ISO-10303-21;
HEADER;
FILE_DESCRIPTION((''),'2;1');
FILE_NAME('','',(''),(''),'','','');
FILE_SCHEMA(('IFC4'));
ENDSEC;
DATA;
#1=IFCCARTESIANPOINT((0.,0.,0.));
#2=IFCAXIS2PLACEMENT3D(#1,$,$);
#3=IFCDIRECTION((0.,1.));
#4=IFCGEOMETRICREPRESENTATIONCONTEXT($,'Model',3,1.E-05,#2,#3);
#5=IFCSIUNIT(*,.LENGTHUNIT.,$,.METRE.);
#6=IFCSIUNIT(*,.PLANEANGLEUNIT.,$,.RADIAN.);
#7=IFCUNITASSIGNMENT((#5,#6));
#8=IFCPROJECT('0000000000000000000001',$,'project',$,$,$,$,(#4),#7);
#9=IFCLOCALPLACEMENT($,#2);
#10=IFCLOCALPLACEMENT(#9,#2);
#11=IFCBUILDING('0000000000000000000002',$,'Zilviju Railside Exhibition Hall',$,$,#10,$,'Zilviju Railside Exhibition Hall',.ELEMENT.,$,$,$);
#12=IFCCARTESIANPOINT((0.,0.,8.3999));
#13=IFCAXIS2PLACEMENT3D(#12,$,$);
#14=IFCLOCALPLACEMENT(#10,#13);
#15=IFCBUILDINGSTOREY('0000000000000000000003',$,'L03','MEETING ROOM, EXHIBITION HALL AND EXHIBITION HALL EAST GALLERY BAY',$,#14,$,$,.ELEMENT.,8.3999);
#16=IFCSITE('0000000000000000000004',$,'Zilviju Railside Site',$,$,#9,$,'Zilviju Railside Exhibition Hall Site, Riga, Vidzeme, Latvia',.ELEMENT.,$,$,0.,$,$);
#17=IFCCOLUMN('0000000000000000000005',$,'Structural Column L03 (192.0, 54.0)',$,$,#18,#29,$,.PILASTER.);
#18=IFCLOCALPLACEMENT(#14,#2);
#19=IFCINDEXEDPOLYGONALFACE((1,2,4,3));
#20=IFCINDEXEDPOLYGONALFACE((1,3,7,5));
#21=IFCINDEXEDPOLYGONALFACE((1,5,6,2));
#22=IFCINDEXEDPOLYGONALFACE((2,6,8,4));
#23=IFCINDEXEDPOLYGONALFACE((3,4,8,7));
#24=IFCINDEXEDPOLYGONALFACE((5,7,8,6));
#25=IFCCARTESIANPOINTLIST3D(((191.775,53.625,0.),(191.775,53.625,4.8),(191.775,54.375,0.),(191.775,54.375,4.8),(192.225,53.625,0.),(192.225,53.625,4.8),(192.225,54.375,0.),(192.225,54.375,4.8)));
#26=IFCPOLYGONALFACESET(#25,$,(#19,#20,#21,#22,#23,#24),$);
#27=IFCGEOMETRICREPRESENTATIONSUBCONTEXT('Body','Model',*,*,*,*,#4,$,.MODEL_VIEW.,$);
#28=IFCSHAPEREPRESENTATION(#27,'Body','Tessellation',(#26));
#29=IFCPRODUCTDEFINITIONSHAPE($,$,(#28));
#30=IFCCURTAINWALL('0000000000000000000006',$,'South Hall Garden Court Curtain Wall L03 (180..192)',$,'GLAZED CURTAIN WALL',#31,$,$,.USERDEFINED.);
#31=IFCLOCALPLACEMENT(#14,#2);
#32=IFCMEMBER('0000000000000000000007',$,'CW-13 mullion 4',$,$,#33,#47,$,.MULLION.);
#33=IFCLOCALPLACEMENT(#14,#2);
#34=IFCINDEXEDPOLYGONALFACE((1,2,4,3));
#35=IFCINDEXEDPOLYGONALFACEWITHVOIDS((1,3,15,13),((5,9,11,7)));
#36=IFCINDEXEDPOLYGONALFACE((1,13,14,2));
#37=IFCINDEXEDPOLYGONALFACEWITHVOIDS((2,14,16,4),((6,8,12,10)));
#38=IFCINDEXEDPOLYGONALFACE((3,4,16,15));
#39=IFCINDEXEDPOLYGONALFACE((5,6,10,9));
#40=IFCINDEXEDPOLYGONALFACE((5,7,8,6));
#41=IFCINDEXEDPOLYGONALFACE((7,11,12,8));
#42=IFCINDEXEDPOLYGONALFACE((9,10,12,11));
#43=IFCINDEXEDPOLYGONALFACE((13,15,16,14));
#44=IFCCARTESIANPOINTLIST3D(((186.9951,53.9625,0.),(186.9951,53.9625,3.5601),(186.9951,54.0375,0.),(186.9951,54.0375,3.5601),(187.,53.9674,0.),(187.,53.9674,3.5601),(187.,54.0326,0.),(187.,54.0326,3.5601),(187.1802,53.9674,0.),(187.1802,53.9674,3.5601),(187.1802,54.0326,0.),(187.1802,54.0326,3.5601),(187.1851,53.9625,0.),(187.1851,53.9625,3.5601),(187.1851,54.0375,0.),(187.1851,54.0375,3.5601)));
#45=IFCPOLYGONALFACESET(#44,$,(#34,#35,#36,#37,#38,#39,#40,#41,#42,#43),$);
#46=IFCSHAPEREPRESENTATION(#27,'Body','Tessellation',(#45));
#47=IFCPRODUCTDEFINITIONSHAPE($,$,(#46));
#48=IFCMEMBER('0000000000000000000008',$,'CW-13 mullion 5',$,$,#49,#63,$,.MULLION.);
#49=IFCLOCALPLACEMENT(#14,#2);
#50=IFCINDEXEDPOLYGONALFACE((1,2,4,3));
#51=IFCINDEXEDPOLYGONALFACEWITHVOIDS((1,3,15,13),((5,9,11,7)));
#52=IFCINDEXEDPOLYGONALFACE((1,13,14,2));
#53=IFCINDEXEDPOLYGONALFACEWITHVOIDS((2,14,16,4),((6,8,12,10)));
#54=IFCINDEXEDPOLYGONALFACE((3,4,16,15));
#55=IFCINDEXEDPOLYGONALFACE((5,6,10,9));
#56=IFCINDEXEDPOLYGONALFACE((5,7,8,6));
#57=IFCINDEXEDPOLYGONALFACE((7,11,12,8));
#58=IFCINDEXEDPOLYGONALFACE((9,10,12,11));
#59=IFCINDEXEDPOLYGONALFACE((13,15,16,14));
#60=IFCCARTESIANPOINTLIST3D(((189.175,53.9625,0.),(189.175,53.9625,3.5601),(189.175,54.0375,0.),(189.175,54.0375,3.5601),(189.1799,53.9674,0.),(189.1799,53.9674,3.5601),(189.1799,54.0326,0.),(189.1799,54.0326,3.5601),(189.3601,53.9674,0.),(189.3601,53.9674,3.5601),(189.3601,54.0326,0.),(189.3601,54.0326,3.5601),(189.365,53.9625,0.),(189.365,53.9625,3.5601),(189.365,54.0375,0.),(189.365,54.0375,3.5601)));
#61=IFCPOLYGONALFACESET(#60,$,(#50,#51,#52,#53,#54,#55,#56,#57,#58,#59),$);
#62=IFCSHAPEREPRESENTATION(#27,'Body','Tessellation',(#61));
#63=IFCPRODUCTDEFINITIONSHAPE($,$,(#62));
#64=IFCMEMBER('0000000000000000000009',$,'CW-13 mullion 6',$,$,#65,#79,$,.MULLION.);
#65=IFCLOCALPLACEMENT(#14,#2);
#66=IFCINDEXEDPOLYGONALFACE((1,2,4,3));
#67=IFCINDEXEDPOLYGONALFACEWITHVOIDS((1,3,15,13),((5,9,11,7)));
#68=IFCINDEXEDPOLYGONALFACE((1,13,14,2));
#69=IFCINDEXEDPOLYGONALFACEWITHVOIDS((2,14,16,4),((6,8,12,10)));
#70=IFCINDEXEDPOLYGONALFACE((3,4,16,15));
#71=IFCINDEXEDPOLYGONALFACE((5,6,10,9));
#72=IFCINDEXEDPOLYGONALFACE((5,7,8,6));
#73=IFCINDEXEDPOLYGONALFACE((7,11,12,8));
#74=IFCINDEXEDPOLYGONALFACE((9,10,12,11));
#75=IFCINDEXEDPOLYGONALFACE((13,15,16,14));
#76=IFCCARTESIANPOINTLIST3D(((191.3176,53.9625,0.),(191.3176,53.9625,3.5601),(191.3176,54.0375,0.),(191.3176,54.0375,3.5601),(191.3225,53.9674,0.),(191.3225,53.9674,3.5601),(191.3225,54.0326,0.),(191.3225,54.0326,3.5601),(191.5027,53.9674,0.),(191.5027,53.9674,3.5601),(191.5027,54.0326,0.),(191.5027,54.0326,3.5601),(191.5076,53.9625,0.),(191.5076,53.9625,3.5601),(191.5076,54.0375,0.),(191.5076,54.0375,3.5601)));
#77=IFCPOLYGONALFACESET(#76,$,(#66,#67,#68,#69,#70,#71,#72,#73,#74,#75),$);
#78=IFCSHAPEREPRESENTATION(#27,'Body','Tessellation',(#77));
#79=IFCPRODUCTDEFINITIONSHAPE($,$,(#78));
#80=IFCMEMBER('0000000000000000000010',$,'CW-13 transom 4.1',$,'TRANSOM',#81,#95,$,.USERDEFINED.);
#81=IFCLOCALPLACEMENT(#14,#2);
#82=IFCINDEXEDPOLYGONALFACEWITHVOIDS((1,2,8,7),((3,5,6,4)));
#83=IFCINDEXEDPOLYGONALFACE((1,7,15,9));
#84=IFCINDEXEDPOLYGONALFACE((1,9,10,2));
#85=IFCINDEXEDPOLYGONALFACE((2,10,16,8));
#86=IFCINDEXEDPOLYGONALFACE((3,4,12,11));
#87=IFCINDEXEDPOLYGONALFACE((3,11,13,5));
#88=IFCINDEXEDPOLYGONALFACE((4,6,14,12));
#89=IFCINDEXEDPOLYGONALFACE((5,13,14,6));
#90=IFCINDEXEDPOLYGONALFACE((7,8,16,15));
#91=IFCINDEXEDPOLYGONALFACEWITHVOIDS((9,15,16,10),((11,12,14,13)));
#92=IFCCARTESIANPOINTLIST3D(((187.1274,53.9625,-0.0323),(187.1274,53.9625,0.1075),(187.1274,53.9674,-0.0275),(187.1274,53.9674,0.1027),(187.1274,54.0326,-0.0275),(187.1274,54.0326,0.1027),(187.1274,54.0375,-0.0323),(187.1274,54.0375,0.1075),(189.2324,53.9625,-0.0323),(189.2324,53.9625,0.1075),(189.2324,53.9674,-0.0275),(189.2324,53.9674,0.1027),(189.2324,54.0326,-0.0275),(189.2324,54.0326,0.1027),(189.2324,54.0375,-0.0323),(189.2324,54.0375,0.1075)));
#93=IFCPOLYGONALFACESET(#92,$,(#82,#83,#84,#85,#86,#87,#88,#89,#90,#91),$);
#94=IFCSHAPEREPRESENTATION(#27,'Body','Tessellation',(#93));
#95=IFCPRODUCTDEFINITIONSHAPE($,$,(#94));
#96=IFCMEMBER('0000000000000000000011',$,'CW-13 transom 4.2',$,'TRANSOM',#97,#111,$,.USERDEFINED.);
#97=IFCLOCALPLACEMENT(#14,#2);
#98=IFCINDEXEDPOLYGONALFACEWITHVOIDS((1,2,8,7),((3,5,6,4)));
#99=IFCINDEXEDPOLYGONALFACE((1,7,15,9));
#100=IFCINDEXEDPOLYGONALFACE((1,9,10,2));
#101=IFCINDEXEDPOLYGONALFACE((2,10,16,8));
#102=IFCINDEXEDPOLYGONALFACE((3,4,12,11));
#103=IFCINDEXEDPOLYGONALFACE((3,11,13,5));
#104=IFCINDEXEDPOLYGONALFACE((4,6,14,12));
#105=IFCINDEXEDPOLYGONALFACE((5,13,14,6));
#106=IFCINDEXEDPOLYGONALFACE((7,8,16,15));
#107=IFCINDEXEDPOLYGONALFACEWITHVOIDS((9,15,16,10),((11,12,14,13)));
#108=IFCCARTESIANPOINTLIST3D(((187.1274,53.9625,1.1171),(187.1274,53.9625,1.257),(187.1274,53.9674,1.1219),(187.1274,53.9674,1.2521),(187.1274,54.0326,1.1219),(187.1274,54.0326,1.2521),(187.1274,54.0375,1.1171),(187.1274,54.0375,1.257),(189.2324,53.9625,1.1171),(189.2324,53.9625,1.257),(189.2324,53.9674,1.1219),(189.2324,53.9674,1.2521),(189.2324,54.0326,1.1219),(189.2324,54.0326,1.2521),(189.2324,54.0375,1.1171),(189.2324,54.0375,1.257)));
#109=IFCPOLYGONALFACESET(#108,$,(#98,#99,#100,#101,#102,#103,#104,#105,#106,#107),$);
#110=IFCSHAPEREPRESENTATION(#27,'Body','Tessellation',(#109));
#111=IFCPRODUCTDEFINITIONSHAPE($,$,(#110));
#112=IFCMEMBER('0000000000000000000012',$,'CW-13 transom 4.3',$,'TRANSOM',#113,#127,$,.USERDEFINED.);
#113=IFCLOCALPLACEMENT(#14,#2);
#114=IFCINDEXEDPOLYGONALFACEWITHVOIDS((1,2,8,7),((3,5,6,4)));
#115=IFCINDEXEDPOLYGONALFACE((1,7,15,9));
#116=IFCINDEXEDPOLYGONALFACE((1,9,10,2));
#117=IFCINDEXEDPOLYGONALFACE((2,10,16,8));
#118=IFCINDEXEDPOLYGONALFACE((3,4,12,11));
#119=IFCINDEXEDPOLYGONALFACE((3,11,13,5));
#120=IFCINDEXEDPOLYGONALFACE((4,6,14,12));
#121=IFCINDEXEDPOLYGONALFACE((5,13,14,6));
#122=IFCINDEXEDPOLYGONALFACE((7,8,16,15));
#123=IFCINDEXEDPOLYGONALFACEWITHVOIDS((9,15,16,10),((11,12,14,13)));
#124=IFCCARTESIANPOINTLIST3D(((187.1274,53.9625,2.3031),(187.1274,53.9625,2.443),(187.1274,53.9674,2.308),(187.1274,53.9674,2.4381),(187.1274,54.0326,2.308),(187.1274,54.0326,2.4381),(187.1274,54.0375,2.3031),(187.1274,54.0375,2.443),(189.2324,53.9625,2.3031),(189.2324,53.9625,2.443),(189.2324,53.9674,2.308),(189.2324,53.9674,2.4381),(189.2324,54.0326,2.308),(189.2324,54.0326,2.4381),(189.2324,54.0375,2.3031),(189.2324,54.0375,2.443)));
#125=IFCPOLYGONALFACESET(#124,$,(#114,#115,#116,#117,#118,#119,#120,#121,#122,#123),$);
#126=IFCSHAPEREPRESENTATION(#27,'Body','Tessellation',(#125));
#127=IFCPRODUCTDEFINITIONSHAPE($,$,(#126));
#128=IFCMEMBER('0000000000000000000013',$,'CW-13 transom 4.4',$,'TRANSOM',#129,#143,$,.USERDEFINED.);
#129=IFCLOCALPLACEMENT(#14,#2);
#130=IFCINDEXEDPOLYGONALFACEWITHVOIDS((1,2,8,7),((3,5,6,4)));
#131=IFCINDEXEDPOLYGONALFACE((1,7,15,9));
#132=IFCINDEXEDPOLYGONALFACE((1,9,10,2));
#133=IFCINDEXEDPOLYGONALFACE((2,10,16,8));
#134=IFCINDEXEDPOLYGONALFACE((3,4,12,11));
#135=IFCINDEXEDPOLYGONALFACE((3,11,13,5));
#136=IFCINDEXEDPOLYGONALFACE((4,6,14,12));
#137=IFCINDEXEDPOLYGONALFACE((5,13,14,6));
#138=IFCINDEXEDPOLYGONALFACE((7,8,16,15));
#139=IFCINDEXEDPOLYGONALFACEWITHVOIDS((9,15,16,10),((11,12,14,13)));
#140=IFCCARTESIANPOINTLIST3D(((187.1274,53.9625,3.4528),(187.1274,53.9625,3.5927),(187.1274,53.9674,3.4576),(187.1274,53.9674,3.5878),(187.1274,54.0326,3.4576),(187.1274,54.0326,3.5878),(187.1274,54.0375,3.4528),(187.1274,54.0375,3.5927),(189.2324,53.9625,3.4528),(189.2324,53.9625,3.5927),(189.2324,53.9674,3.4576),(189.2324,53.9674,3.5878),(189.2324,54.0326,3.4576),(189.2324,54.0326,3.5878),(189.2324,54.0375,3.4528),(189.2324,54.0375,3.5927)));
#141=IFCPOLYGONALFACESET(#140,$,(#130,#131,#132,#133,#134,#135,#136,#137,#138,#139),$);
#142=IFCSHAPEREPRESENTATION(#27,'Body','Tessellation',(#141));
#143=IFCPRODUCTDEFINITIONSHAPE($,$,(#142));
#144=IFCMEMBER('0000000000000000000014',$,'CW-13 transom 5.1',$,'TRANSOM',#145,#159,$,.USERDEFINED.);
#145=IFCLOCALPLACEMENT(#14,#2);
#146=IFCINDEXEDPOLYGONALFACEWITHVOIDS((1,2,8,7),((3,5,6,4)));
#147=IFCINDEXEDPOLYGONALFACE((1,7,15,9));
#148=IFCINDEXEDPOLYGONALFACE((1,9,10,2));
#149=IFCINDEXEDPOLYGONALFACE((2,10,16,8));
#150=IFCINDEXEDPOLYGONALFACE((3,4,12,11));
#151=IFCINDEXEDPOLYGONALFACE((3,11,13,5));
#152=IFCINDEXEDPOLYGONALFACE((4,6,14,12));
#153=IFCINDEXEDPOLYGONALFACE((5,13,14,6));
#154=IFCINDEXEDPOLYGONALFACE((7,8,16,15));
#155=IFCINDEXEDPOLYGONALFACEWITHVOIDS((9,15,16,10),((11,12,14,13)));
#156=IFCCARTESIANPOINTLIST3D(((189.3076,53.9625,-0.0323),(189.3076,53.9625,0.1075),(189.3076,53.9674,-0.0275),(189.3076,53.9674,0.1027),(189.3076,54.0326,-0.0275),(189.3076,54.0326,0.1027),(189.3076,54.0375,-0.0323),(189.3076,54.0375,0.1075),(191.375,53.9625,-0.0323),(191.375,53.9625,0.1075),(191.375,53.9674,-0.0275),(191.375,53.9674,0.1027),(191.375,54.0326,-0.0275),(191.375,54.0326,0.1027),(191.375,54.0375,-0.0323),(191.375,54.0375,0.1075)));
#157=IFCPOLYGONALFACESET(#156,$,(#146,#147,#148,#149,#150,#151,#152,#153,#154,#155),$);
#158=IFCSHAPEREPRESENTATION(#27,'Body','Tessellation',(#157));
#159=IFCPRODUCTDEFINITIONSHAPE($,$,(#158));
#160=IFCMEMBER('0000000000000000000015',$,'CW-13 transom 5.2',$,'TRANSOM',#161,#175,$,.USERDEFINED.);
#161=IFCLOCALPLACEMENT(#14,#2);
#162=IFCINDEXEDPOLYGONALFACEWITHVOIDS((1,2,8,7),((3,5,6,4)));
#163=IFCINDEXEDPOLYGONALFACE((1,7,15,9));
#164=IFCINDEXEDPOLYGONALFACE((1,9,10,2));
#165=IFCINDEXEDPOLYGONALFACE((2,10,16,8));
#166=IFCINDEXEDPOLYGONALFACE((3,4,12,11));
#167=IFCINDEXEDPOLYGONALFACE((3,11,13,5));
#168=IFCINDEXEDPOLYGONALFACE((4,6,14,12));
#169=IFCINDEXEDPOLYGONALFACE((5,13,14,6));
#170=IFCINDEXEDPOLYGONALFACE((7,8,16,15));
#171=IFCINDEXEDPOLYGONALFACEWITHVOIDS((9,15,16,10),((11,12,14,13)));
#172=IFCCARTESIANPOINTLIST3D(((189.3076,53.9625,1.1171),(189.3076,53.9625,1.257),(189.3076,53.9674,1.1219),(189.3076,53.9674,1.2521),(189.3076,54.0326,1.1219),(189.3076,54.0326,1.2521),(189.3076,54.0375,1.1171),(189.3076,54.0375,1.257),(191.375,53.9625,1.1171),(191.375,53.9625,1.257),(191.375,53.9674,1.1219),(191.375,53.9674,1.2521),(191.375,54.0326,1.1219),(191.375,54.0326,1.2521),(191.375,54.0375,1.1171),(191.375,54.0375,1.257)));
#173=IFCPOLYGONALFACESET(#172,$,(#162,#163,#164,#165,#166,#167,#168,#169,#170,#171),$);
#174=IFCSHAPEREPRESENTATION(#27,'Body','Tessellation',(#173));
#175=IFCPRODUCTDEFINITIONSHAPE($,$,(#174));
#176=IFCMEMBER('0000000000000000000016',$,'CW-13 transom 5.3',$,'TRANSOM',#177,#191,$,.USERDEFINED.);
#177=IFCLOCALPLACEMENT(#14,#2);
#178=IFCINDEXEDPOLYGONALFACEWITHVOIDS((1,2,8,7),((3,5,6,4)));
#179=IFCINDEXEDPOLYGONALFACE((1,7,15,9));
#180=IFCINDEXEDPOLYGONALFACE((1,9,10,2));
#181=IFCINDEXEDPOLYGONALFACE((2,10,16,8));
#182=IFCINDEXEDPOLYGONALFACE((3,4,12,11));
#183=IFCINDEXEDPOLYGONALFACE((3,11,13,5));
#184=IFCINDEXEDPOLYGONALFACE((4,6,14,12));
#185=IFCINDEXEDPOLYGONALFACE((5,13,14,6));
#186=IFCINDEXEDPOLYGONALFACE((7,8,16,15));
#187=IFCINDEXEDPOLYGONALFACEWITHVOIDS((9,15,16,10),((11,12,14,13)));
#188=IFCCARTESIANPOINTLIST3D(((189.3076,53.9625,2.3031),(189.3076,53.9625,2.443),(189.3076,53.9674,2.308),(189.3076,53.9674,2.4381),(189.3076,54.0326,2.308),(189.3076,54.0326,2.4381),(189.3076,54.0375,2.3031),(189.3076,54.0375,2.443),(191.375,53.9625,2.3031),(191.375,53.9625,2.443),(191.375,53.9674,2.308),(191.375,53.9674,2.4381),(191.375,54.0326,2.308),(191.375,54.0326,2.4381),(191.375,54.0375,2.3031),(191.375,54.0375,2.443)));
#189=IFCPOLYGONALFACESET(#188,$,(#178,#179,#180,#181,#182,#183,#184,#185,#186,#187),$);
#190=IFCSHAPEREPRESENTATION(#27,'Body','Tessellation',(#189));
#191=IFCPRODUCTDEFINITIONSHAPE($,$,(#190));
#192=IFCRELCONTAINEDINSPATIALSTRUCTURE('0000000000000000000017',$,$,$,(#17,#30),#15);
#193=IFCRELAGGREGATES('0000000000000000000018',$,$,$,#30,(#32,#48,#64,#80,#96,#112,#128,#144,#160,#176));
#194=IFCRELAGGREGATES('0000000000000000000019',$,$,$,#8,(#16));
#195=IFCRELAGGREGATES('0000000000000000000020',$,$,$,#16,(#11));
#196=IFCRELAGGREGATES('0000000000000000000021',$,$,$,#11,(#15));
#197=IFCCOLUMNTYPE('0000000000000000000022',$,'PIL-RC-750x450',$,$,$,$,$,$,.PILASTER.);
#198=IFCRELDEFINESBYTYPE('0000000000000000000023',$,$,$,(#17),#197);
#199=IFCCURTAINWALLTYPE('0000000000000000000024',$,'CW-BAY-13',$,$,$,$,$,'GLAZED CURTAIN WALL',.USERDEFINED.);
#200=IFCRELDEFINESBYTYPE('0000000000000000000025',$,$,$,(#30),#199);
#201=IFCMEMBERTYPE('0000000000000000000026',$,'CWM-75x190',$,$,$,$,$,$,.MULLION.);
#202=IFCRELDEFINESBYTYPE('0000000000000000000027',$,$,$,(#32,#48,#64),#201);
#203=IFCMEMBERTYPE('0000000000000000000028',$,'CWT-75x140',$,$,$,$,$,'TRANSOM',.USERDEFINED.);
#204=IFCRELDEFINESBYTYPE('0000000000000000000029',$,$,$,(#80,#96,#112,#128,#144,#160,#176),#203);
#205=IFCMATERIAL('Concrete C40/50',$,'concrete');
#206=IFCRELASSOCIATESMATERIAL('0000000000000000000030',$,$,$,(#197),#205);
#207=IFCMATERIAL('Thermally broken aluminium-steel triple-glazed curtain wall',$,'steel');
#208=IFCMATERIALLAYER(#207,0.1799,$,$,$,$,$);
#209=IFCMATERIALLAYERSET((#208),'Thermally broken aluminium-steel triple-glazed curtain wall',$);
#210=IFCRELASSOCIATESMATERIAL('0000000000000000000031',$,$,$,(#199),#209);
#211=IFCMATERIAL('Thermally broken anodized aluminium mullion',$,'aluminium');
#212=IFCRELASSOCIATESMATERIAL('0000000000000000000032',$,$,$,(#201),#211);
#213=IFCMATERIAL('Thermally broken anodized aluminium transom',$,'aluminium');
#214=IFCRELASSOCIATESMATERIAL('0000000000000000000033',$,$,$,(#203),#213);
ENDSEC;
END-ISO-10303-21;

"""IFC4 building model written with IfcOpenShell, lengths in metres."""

from ifc_helpers import new_model, si_unit, direction, frame, origin, origin_2d, place, context, subcontext, project, spatial, rectangle, hollow_rectangle, extrude, material, layer, layer_set, material_profile, profile_set, type_object, element, aggregate, save


model = new_model("IFC4")

# Units and contexts
model_context = context("Model", 3, precision=1e-05, world=origin(), true_north=direction((0.0, 1.0)))
body_context = subcontext(model_context, "Body", "Model", "MODEL_VIEW")
ifc_project = project(units=[si_unit("LENGTHUNIT", "METRE"), si_unit("PLANEANGLEUNIT", "RADIAN")], contexts=[model_context])

# Site, building, storey
site_placement = place(None, origin())
site = spatial("IfcSite", under=ifc_project, at=site_placement, Name="Zilviju Railside Site", LongName="Zilviju Railside Exhibition Hall Site, Riga, Vidzeme, Latvia", CompositionType="ELEMENT", RefElevation=0.0)
building_placement = place(site_placement, origin())
building = spatial("IfcBuilding", under=site, at=building_placement, Name="Zilviju Railside Exhibition Hall", LongName="Zilviju Railside Exhibition Hall", CompositionType="ELEMENT")
storey_placement = place(building_placement, frame((0.0, 0.0, 8.3999)))
storey = spatial("IfcBuildingStorey", under=building, at=storey_placement, Name="L03", Description="MEETING ROOM, EXHIBITION HALL AND EXHIBITION HALL EAST GALLERY BAY", CompositionType="ELEMENT", Elevation=8.3999)

# Column
ifc_material_1 = material(Name="Concrete C40/50", Category="concrete")
ifc_material_profile_1 = material_profile(ifc_material_1, rectangle(XDim=0.45, YDim=0.75, at=origin_2d()), Name="RC COL 450x750")
ifc_profile_set_1 = profile_set([ifc_material_profile_1], Name="Concrete C40/50")
column_type = type_object("IfcColumnType", Name="PIL-RC-750x450", PredefinedType="PILASTER", material=ifc_profile_set_1)
column_placement = place(storey_placement, frame((192.0, 54.0, 0.0), z_axis=(0.0, 0.0, 1.0), x_axis=(1.0, 0.0, 0.0)))
element("IfcColumn", 1, at=column_placement, inside=storey, type_object=column_type, Name="Structural Column L03 (192.0, 54.0)", PredefinedType="PILASTER", context=body_context, shape_type="SweptSolid", body=[
    extrude(rectangle(XDim=0.45, YDim=0.75, at=origin_2d()), origin(), (0.0, 0.0, 1.0), 4.8),
])

# Curtain wall, members
ifc_material_2 = material(Name="Thermally broken aluminium-steel triple-glazed curtain wall", Category="steel")
ifc_layer_1 = layer(ifc_material_2, 0.1799)
ifc_layer_set_1 = layer_set([ifc_layer_1], Name="Thermally broken aluminium-steel triple-glazed curtain wall")
curtain_wall_type = type_object("IfcCurtainWallType", Name="CW-BAY-13", ElementType="GLAZED CURTAIN WALL", PredefinedType="USERDEFINED", material=ifc_layer_set_1)
curtain_wall_placement = place(storey_placement, origin())
curtain_wall = element("IfcCurtainWall", 2, at=curtain_wall_placement, inside=storey, type_object=curtain_wall_type, Name="South Hall Garden Court Curtain Wall L03 (180..192)", ObjectType="GLAZED CURTAIN WALL", PredefinedType="USERDEFINED")
ifc_material_3 = material(Name="Thermally broken anodized aluminium mullion", Category="aluminium")
ifc_material_profile_2 = material_profile(ifc_material_3, hollow_rectangle(XDim=0.075, YDim=0.1899, WallThickness=0.0049, at=origin_2d()), Name="MULLION 190x75x5")
ifc_profile_set_2 = profile_set([ifc_material_profile_2], Name="Thermally broken anodized aluminium mullion")
member_type_1 = type_object("IfcMemberType", Name="CWM-75x190", PredefinedType="MULLION", material=ifc_profile_set_2)
member_1_placement = place(storey_placement, frame((187.0901, 54.0, 0.0), z_axis=(0.0, 0.0, 1.0), x_axis=(0.0, 1.0, 0.0)))
member_1 = element("IfcMember", 3, at=member_1_placement, type_object=member_type_1, Name="CW-13 mullion 4", PredefinedType="MULLION", context=body_context, shape_type="SweptSolid", body=[
    extrude(hollow_rectangle(XDim=0.075, YDim=0.1899, WallThickness=0.0049, at=origin_2d()), origin(), (0.0, 0.0, 1.0), 3.5601),
])
member_2_placement = place(storey_placement, frame((189.27, 54.0, 0.0), z_axis=(0.0, 0.0, 1.0), x_axis=(0.0, 1.0, 0.0)))
member_2 = element("IfcMember", 4, at=member_2_placement, type_object=member_type_1, Name="CW-13 mullion 5", PredefinedType="MULLION", context=body_context, shape_type="SweptSolid", body=[
    extrude(hollow_rectangle(XDim=0.075, YDim=0.1899, WallThickness=0.0049, at=origin_2d()), origin(), (0.0, 0.0, 1.0), 3.5601),
])
member_3_placement = place(storey_placement, frame((191.4126, 54.0, 0.0), z_axis=(0.0, 0.0, 1.0), x_axis=(0.0, 1.0, 0.0)))
member_3 = element("IfcMember", 5, at=member_3_placement, type_object=member_type_1, Name="CW-13 mullion 6", PredefinedType="MULLION", context=body_context, shape_type="SweptSolid", body=[
    extrude(hollow_rectangle(XDim=0.075, YDim=0.1899, WallThickness=0.0049, at=origin_2d()), origin(), (0.0, 0.0, 1.0), 3.5601),
])
ifc_material_4 = material(Name="Thermally broken anodized aluminium transom", Category="aluminium")
ifc_material_profile_3 = material_profile(ifc_material_4, hollow_rectangle(XDim=0.075, YDim=0.1399, WallThickness=0.0049, at=origin_2d()), Name="TRANSOM 140x75x5")
ifc_profile_set_3 = profile_set([ifc_material_profile_3], Name="Thermally broken anodized aluminium transom")
member_type_2 = type_object("IfcMemberType", Name="CWT-75x140", ElementType="TRANSOM", PredefinedType="USERDEFINED", material=ifc_profile_set_3)
member_4_placement = place(storey_placement, frame((187.1274, 54.0, 0.0376), z_axis=(1.0, 0.0, 0.0), x_axis=(0.0, 1.0, 0.0)))
member_4 = element("IfcMember", 6, at=member_4_placement, type_object=member_type_2, Name="CW-13 transom 4.1", ObjectType="TRANSOM", PredefinedType="USERDEFINED", context=body_context, shape_type="SweptSolid", body=[
    extrude(hollow_rectangle(XDim=0.075, YDim=0.1399, WallThickness=0.0049, at=origin_2d()), origin(), (0.0, 0.0, 1.0), 2.105),
])
member_5_placement = place(storey_placement, frame((187.1274, 54.0, 1.187), z_axis=(1.0, 0.0, 0.0), x_axis=(0.0, 1.0, 0.0)))
member_5 = element("IfcMember", 7, at=member_5_placement, type_object=member_type_2, Name="CW-13 transom 4.2", ObjectType="TRANSOM", PredefinedType="USERDEFINED", context=body_context, shape_type="SweptSolid", body=[
    extrude(hollow_rectangle(XDim=0.075, YDim=0.1399, WallThickness=0.0049, at=origin_2d()), origin(), (0.0, 0.0, 1.0), 2.105),
])
member_6_placement = place(storey_placement, frame((187.1274, 54.0, 2.373), z_axis=(1.0, 0.0, 0.0), x_axis=(0.0, 1.0, 0.0)))
member_6 = element("IfcMember", 8, at=member_6_placement, type_object=member_type_2, Name="CW-13 transom 4.3", ObjectType="TRANSOM", PredefinedType="USERDEFINED", context=body_context, shape_type="SweptSolid", body=[
    extrude(hollow_rectangle(XDim=0.075, YDim=0.1399, WallThickness=0.0049, at=origin_2d()), origin(), (0.0, 0.0, 1.0), 2.105),
])
member_7_placement = place(storey_placement, frame((187.1274, 54.0, 3.5227), z_axis=(1.0, 0.0, 0.0), x_axis=(0.0, 1.0, 0.0)))
member_7 = element("IfcMember", 9, at=member_7_placement, type_object=member_type_2, Name="CW-13 transom 4.4", ObjectType="TRANSOM", PredefinedType="USERDEFINED", context=body_context, shape_type="SweptSolid", body=[
    extrude(hollow_rectangle(XDim=0.075, YDim=0.1399, WallThickness=0.0049, at=origin_2d()), origin(), (0.0, 0.0, 1.0), 2.105),
])
member_8_placement = place(storey_placement, frame((189.3076, 54.0, 0.0376), z_axis=(1.0, 0.0, 0.0), x_axis=(0.0, 1.0, 0.0)))
member_8 = element("IfcMember", 10, at=member_8_placement, type_object=member_type_2, Name="CW-13 transom 5.1", ObjectType="TRANSOM", PredefinedType="USERDEFINED", context=body_context, shape_type="SweptSolid", body=[
    extrude(hollow_rectangle(XDim=0.075, YDim=0.1399, WallThickness=0.0049, at=origin_2d()), origin(), (0.0, 0.0, 1.0), 2.0674),
])
member_9_placement = place(storey_placement, frame((189.3076, 54.0, 1.187), z_axis=(1.0, 0.0, 0.0), x_axis=(0.0, 1.0, 0.0)))
member_9 = element("IfcMember", 11, at=member_9_placement, type_object=member_type_2, Name="CW-13 transom 5.2", ObjectType="TRANSOM", PredefinedType="USERDEFINED", context=body_context, shape_type="SweptSolid", body=[
    extrude(hollow_rectangle(XDim=0.075, YDim=0.1399, WallThickness=0.0049, at=origin_2d()), origin(), (0.0, 0.0, 1.0), 2.0674),
])
member_10_placement = place(storey_placement, frame((189.3076, 54.0, 2.373), z_axis=(1.0, 0.0, 0.0), x_axis=(0.0, 1.0, 0.0)))
member_10 = element("IfcMember", 12, at=member_10_placement, type_object=member_type_2, Name="CW-13 transom 5.3", ObjectType="TRANSOM", PredefinedType="USERDEFINED", context=body_context, shape_type="SweptSolid", body=[
    extrude(hollow_rectangle(XDim=0.075, YDim=0.1399, WallThickness=0.0049, at=origin_2d()), origin(), (0.0, 0.0, 1.0), 2.0674),
])
aggregate(curtain_wall, [member_1, member_2, member_3, member_4, member_5, member_6, member_7, member_8, member_9, member_10])

save(model, "model.ifc")
